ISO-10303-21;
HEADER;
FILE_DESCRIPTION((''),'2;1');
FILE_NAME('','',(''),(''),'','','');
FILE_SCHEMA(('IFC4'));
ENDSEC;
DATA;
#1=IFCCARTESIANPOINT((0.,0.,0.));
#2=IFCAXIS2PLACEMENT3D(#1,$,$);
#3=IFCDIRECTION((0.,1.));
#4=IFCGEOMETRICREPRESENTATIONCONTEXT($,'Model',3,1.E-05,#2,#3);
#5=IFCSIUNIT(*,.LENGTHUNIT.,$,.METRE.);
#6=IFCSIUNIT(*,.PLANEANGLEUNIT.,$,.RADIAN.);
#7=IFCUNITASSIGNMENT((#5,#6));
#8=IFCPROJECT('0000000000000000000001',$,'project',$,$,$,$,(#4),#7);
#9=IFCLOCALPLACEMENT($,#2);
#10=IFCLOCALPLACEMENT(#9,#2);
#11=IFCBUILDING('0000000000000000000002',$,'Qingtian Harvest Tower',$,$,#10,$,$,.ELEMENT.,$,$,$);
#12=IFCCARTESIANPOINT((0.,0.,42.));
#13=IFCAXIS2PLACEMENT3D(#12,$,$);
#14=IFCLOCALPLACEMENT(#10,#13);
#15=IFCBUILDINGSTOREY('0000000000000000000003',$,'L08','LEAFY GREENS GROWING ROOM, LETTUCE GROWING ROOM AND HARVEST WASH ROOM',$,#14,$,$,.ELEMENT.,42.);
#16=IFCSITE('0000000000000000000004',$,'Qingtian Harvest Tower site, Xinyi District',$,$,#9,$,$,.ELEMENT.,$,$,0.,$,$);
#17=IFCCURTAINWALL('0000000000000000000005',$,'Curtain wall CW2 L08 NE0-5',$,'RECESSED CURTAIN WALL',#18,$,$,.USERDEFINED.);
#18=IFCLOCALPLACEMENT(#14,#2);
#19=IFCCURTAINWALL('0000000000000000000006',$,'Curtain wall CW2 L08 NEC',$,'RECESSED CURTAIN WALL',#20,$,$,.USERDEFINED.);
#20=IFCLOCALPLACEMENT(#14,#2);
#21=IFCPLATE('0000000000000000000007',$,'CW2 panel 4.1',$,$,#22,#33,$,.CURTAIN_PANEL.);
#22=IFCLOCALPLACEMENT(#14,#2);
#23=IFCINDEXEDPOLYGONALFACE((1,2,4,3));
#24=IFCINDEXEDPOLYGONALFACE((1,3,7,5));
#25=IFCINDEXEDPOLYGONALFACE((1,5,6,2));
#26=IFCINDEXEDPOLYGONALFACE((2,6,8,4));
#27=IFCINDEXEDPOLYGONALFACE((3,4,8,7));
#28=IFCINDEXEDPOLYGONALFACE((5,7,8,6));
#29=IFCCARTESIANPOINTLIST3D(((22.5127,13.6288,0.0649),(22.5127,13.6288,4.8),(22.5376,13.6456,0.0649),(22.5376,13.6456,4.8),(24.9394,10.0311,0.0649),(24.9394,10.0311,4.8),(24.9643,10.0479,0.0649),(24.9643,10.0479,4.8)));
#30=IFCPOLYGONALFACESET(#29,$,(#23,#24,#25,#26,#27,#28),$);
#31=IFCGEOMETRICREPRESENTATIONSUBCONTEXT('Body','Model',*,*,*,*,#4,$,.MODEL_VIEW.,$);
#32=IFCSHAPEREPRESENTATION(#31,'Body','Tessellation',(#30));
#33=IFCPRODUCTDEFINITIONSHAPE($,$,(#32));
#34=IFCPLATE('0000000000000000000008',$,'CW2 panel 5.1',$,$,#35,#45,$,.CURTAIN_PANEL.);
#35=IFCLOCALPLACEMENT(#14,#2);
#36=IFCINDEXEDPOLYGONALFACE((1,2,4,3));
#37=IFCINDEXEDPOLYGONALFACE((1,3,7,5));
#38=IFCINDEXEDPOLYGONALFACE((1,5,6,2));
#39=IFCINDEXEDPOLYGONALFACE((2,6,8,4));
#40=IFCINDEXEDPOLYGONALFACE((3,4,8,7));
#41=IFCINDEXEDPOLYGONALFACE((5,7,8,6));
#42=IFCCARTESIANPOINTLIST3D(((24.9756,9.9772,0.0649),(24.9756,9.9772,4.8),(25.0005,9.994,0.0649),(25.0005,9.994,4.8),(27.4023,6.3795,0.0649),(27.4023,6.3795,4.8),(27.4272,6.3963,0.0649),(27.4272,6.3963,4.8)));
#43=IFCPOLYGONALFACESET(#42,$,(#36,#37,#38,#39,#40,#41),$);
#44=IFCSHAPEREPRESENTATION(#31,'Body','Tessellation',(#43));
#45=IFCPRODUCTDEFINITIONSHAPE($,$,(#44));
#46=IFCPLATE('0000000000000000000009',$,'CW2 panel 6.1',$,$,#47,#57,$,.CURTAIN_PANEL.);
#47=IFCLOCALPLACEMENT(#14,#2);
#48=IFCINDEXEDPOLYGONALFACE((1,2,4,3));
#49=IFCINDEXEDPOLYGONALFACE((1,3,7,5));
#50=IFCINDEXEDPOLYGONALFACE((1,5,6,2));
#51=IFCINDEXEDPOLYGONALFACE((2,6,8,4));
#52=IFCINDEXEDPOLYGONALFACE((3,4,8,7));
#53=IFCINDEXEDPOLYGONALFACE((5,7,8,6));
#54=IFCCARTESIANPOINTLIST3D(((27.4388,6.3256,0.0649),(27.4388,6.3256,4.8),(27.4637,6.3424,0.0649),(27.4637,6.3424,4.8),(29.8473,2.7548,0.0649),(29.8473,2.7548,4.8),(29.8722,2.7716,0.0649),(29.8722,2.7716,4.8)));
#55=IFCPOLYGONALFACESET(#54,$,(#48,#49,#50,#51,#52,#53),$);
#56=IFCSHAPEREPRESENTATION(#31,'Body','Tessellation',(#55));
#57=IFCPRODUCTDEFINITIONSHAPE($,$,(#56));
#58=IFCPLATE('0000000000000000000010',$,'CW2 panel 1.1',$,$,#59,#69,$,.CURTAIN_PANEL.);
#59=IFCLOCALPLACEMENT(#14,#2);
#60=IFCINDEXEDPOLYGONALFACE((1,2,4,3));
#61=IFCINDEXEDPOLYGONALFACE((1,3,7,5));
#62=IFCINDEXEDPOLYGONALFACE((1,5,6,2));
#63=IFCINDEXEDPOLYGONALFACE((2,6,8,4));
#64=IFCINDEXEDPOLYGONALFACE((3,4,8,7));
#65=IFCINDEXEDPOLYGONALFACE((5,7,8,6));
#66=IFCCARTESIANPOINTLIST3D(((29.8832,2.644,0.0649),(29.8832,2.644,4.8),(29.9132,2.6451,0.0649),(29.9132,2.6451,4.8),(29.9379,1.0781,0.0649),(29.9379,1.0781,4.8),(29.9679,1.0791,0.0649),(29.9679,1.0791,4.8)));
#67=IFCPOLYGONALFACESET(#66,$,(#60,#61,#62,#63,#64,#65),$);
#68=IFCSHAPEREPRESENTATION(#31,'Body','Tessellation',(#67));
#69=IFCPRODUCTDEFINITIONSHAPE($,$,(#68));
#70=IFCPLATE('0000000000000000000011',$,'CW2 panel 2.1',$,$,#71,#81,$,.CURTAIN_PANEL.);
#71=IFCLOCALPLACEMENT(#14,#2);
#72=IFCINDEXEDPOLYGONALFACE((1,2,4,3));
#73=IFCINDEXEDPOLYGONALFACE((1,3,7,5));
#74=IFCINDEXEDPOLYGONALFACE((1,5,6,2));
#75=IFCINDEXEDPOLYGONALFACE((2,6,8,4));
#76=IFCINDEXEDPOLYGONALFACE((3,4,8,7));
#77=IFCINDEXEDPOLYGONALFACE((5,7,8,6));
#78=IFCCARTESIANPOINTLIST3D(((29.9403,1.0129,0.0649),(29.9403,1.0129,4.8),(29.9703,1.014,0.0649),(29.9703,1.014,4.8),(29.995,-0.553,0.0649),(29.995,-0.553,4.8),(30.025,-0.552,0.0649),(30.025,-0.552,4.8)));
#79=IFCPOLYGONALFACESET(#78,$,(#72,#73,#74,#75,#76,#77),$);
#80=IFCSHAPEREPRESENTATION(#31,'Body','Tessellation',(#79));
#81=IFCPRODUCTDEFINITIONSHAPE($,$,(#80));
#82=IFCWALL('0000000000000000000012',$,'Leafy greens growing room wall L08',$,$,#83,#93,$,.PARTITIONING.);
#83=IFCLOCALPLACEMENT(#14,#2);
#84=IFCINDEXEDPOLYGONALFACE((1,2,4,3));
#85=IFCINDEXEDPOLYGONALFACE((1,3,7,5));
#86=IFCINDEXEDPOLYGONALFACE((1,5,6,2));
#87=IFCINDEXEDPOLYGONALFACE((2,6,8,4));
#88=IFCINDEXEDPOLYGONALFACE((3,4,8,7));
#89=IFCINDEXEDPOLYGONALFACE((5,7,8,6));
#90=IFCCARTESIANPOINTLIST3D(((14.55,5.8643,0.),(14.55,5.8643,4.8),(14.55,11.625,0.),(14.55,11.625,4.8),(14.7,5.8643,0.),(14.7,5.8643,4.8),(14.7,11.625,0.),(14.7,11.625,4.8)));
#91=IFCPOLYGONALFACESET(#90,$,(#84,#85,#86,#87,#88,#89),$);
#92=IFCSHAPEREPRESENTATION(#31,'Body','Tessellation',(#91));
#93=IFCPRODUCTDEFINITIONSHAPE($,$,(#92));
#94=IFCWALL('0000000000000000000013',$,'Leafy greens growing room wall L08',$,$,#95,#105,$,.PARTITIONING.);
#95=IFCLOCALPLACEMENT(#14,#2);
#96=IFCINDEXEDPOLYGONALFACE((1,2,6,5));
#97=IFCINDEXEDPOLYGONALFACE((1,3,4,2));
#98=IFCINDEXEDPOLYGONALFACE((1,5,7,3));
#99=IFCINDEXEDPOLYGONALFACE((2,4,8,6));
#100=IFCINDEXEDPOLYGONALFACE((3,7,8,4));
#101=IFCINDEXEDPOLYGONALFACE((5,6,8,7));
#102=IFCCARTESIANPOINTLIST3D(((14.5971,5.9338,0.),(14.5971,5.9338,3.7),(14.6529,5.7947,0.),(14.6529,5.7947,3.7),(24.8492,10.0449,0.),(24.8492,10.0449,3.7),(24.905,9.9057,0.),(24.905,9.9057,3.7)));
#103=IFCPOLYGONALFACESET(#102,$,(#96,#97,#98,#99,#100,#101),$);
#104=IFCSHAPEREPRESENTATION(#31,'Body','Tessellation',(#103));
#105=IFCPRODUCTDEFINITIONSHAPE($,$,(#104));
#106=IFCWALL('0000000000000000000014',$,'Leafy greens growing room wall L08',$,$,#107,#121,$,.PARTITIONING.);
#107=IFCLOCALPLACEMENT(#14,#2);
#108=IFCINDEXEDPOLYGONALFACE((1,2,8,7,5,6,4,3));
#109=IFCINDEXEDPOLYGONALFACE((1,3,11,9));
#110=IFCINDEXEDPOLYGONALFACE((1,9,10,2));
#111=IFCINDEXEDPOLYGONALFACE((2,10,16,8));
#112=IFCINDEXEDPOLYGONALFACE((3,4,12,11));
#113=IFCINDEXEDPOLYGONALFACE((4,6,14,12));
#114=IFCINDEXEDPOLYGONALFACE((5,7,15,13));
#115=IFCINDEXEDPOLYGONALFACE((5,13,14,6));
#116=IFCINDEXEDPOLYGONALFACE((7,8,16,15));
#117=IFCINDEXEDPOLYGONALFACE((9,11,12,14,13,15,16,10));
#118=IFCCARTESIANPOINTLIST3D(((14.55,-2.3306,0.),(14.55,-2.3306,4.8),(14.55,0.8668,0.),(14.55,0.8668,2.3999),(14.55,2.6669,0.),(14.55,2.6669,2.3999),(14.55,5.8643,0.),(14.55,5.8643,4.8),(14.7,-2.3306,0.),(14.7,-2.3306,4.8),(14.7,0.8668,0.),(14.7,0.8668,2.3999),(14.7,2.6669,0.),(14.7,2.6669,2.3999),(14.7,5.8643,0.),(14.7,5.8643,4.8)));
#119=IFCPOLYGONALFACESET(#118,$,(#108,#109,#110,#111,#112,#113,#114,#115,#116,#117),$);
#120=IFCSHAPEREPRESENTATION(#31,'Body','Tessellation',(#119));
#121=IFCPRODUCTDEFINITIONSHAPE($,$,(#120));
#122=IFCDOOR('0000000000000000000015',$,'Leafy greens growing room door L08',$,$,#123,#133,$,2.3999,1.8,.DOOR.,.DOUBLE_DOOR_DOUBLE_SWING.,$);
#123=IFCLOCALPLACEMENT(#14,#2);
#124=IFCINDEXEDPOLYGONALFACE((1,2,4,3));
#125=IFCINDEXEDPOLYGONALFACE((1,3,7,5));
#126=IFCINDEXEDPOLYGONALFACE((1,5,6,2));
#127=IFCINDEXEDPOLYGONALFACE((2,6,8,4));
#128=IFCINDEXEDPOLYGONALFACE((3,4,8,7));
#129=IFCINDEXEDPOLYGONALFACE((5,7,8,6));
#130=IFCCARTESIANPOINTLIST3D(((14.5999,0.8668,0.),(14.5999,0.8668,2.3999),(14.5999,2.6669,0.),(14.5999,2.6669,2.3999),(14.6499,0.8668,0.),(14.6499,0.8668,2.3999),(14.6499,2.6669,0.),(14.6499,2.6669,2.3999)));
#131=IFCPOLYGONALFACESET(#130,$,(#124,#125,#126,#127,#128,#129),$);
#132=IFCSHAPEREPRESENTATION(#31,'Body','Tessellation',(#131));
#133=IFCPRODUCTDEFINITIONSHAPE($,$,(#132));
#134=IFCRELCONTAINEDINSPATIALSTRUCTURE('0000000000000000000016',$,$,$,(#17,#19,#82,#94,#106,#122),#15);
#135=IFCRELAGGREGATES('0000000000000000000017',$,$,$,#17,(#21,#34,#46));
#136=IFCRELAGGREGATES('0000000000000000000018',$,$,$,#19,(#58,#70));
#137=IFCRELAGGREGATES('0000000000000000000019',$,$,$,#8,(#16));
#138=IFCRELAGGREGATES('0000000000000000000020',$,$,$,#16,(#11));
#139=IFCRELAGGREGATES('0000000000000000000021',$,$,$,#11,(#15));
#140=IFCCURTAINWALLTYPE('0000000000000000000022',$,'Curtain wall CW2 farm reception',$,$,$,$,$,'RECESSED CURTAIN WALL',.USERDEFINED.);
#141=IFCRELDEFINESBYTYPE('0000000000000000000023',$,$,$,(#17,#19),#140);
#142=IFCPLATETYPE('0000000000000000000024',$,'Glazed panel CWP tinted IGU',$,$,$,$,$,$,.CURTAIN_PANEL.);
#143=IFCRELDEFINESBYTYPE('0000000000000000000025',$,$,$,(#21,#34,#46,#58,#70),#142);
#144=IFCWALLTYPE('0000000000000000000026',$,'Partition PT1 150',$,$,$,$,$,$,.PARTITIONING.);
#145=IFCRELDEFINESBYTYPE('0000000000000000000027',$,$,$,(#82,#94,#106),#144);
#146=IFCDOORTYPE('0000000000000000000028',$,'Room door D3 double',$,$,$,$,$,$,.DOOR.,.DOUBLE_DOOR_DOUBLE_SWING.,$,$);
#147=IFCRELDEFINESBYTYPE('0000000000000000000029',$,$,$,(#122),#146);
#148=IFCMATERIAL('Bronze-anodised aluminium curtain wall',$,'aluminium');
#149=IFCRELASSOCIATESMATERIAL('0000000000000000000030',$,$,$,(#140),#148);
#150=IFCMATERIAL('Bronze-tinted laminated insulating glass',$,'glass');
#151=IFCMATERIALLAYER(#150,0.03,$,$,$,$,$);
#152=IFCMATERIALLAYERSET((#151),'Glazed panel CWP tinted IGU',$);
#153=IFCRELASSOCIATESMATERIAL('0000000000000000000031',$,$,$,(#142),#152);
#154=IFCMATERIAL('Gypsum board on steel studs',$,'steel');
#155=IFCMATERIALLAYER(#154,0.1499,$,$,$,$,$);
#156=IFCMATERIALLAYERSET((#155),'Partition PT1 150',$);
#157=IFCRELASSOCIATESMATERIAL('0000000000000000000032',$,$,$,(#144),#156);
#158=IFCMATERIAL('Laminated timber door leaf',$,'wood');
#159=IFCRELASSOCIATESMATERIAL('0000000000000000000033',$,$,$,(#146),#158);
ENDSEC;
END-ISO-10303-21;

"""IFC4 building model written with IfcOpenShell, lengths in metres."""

from ifc_helpers import new_model, si_unit, direction, frame, frame_2d, origin, origin_2d, place, context, subcontext, project, spatial, rectangle, extrude, material, layer, layer_set, type_object, element, fill, aggregate, save


model = new_model("IFC4")

# Units and contexts
model_context = context("Model", 3, precision=1e-05, world=origin(), true_north=direction((0.0, 1.0)))
body_context = subcontext(model_context, "Body", "Model", "MODEL_VIEW")
ifc_project = project(units=[si_unit("LENGTHUNIT", "METRE"), si_unit("PLANEANGLEUNIT", "RADIAN")], contexts=[model_context])

# Site, building, storey
site_placement = place(None, origin())
site = spatial("IfcSite", under=ifc_project, at=site_placement, Name="Qingtian Harvest Tower site, Xinyi District", CompositionType="ELEMENT", RefElevation=0.0)
building_placement = place(site_placement, origin())
building = spatial("IfcBuilding", under=site, at=building_placement, Name="Qingtian Harvest Tower", CompositionType="ELEMENT")
storey_placement = place(building_placement, frame((0.0, 0.0, 42.0)))
storey = spatial("IfcBuildingStorey", under=building, at=storey_placement, Name="L08", Description="LEAFY GREENS GROWING ROOM, LETTUCE GROWING ROOM AND HARVEST WASH ROOM", CompositionType="ELEMENT", Elevation=42.0)

# Curtain walls
ifc_material_1 = material(Name="Bronze-anodised aluminium curtain wall", Category="aluminium")
curtain_wall_type = type_object("IfcCurtainWallType", Name="Curtain wall CW2 farm reception", ElementType="RECESSED CURTAIN WALL", PredefinedType="USERDEFINED", material=ifc_material_1)
curtain_wall_1_placement = place(storey_placement, origin())
curtain_wall_1 = element("IfcCurtainWall", 1, at=curtain_wall_1_placement, inside=storey, type_object=curtain_wall_type, Name="Curtain wall CW2 L08 NE0-5", ObjectType="RECESSED CURTAIN WALL", PredefinedType="USERDEFINED")
curtain_wall_2_placement = place(storey_placement, origin())
curtain_wall_2 = element("IfcCurtainWall", 2, at=curtain_wall_2_placement, inside=storey, type_object=curtain_wall_type, Name="Curtain wall CW2 L08 NEC", ObjectType="RECESSED CURTAIN WALL", PredefinedType="USERDEFINED")

# Plates
ifc_material_2 = material(Name="Bronze-tinted laminated insulating glass", Category="glass")
ifc_layer_1 = layer(ifc_material_2, 0.03)
ifc_layer_set_1 = layer_set([ifc_layer_1], Name="Glazed panel CWP tinted IGU")
plate_type = type_object("IfcPlateType", Name="Glazed panel CWP tinted IGU", PredefinedType="CURTAIN_PANEL", material=ifc_layer_set_1)
plate_1_placement = place(storey_placement, frame((23.7385, 11.8384, 0.0649), z_axis=(0.0, 0.0, 1.0), x_axis=(0.559193, -0.829038, 0.0)))
plate_1 = element("IfcPlate", 3, at=plate_1_placement, type_object=plate_type, Name="CW2 panel 4.1", PredefinedType="CURTAIN_PANEL", context=body_context, shape_type="SweptSolid", body=[
    extrude(rectangle(XDim=4.3396, YDim=0.03, at=origin_2d()), origin(), (0.0, 0.0, 1.0), 4.7351),
])
plate_2_placement = place(storey_placement, frame((26.2014, 8.1868, 0.0649), z_axis=(0.0, 0.0, 1.0), x_axis=(0.559193, -0.829038, 0.0)))
plate_2 = element("IfcPlate", 4, at=plate_2_placement, type_object=plate_type, Name="CW2 panel 5.1", PredefinedType="CURTAIN_PANEL", context=body_context, shape_type="SweptSolid", body=[
    extrude(rectangle(XDim=4.3396, YDim=0.03, at=origin_2d()), origin(), (0.0, 0.0, 1.0), 4.7351),
])
plate_3_placement = place(storey_placement, frame((28.6555, 4.5486, 0.0649), z_axis=(0.0, 0.0, 1.0), x_axis=(0.559193, -0.829038, 0.0)))
plate_3 = element("IfcPlate", 5, at=plate_3_placement, type_object=plate_type, Name="CW2 panel 6.1", PredefinedType="CURTAIN_PANEL", context=body_context, shape_type="SweptSolid", body=[
    extrude(rectangle(XDim=4.3071, YDim=0.03, at=origin_2d()), origin(), (0.0, 0.0, 1.0), 4.7351),
])
aggregate(curtain_wall_1, [plate_1, plate_2, plate_3])
plate_4_placement = place(storey_placement, frame((29.9255, 1.8616, 0.0649), z_axis=(0.0, 0.0, 1.0), x_axis=(0.034899, -0.999391, 0.0)))
plate_4 = element("IfcPlate", 6, at=plate_4_placement, type_object=plate_type, Name="CW2 panel 1.1", PredefinedType="CURTAIN_PANEL", context=body_context, shape_type="SweptSolid", body=[
    extrude(rectangle(XDim=1.5669, YDim=0.03, at=origin_2d()), origin(), (0.0, 0.0, 1.0), 4.7351),
])
plate_5_placement = place(storey_placement, frame((29.9827, 0.2305, 0.0649), z_axis=(0.0, 0.0, 1.0), x_axis=(0.034899, -0.999391, 0.0)))
plate_5 = element("IfcPlate", 7, at=plate_5_placement, type_object=plate_type, Name="CW2 panel 2.1", PredefinedType="CURTAIN_PANEL", context=body_context, shape_type="SweptSolid", body=[
    extrude(rectangle(XDim=1.5669, YDim=0.03, at=origin_2d()), origin(), (0.0, 0.0, 1.0), 4.7351),
])
aggregate(curtain_wall_2, [plate_4, plate_5])

# Walls
ifc_material_3 = material(Name="Gypsum board on steel studs", Category="steel")
ifc_layer_2 = layer(ifc_material_3, 0.1499)
ifc_layer_set_2 = layer_set([ifc_layer_2], Name="Partition PT1 150")
wall_type = type_object("IfcWallType", Name="Partition PT1 150", PredefinedType="PARTITIONING", material=ifc_layer_set_2)
wall_1_placement = place(storey_placement, frame((14.625, 11.625, 0.0), z_axis=(0.0, 0.0, 1.0), x_axis=(0.0, -1.0, 0.0)))
element("IfcWall", 8, at=wall_1_placement, inside=storey, type_object=wall_type, Name="Leafy greens growing room wall L08", PredefinedType="PARTITIONING", context=body_context, shape_type="SweptSolid", body=[
    extrude(rectangle(XDim=5.7607, YDim=0.1499, at=frame_2d((2.8804, 0.0))), origin(), (0.0, 0.0, 1.0), 4.8),
])
wall_2_placement = place(storey_placement, frame((24.8772, 9.9753, 0.0), z_axis=(0.0, 0.0, 1.0), x_axis=(-0.928158, -0.372187, 0.0)))
element("IfcWall", 9, at=wall_2_placement, inside=storey, type_object=wall_type, Name="Leafy greens growing room wall L08", PredefinedType="PARTITIONING", context=body_context, shape_type="SweptSolid", body=[
    extrude(rectangle(XDim=11.0457, YDim=0.1499, at=frame_2d((5.5229, 0.0))), origin(), (0.0, 0.0, 1.0), 3.7),
])

# Wall, opening, door
wall_3_placement = place(storey_placement, frame((14.625, 5.8643, 0.0), z_axis=(0.0, 0.0, 1.0), x_axis=(0.0, -1.0, 0.0)))
wall_3 = element("IfcWall", 10, at=wall_3_placement, inside=storey, type_object=wall_type, Name="Leafy greens growing room wall L08", PredefinedType="PARTITIONING", context=body_context, shape_type="SweptSolid", body=[
    extrude(rectangle(XDim=8.1948, YDim=0.1499, at=frame_2d((4.0974, 0.0))), origin(), (0.0, 0.0, 1.0), 4.8),
])
opening_placement = place(wall_3_placement, frame((3.1975, 0.0, 0.0)))
opening = element("IfcOpeningElement", 11, at=opening_placement, cuts=wall_3, PredefinedType="OPENING", context=body_context, shape_type="SweptSolid", body=[
    extrude(rectangle(XDim=1.8, YDim=2.3999, at=frame_2d((0.8999, 1.2))), frame((0.0, 0.085, 0.0), z_axis=(0.0, -1.0, 0.0), x_axis=(1.0, 0.0, 0.0)), (0.0, 0.0, 1.0), 0.1699),
])
ifc_material_4 = material(Name="Laminated timber door leaf", Category="wood")
door_type = type_object("IfcDoorType", Name="Room door D3 double", OperationType="DOUBLE_DOOR_DOUBLE_SWING", PredefinedType="DOOR", material=ifc_material_4)
door_placement = place(opening_placement, origin())
door = element("IfcDoor", 12, at=door_placement, inside=storey, type_object=door_type, Name="Leafy greens growing room door L08", OperationType="DOUBLE_DOOR_DOUBLE_SWING", OverallHeight=2.3999, OverallWidth=1.8, PredefinedType="DOOR", context=body_context, shape_type="SweptSolid", body=[
    extrude(rectangle(XDim=1.8, YDim=2.3999, at=frame_2d((0.8999, 1.2))), frame((0.0, 0.0249, 0.0), z_axis=(0.0, -1.0, 0.0), x_axis=(1.0, 0.0, 0.0)), (0.0, 0.0, 1.0), 0.05),
])
fill(opening, door)

save(model, "model.ifc")
